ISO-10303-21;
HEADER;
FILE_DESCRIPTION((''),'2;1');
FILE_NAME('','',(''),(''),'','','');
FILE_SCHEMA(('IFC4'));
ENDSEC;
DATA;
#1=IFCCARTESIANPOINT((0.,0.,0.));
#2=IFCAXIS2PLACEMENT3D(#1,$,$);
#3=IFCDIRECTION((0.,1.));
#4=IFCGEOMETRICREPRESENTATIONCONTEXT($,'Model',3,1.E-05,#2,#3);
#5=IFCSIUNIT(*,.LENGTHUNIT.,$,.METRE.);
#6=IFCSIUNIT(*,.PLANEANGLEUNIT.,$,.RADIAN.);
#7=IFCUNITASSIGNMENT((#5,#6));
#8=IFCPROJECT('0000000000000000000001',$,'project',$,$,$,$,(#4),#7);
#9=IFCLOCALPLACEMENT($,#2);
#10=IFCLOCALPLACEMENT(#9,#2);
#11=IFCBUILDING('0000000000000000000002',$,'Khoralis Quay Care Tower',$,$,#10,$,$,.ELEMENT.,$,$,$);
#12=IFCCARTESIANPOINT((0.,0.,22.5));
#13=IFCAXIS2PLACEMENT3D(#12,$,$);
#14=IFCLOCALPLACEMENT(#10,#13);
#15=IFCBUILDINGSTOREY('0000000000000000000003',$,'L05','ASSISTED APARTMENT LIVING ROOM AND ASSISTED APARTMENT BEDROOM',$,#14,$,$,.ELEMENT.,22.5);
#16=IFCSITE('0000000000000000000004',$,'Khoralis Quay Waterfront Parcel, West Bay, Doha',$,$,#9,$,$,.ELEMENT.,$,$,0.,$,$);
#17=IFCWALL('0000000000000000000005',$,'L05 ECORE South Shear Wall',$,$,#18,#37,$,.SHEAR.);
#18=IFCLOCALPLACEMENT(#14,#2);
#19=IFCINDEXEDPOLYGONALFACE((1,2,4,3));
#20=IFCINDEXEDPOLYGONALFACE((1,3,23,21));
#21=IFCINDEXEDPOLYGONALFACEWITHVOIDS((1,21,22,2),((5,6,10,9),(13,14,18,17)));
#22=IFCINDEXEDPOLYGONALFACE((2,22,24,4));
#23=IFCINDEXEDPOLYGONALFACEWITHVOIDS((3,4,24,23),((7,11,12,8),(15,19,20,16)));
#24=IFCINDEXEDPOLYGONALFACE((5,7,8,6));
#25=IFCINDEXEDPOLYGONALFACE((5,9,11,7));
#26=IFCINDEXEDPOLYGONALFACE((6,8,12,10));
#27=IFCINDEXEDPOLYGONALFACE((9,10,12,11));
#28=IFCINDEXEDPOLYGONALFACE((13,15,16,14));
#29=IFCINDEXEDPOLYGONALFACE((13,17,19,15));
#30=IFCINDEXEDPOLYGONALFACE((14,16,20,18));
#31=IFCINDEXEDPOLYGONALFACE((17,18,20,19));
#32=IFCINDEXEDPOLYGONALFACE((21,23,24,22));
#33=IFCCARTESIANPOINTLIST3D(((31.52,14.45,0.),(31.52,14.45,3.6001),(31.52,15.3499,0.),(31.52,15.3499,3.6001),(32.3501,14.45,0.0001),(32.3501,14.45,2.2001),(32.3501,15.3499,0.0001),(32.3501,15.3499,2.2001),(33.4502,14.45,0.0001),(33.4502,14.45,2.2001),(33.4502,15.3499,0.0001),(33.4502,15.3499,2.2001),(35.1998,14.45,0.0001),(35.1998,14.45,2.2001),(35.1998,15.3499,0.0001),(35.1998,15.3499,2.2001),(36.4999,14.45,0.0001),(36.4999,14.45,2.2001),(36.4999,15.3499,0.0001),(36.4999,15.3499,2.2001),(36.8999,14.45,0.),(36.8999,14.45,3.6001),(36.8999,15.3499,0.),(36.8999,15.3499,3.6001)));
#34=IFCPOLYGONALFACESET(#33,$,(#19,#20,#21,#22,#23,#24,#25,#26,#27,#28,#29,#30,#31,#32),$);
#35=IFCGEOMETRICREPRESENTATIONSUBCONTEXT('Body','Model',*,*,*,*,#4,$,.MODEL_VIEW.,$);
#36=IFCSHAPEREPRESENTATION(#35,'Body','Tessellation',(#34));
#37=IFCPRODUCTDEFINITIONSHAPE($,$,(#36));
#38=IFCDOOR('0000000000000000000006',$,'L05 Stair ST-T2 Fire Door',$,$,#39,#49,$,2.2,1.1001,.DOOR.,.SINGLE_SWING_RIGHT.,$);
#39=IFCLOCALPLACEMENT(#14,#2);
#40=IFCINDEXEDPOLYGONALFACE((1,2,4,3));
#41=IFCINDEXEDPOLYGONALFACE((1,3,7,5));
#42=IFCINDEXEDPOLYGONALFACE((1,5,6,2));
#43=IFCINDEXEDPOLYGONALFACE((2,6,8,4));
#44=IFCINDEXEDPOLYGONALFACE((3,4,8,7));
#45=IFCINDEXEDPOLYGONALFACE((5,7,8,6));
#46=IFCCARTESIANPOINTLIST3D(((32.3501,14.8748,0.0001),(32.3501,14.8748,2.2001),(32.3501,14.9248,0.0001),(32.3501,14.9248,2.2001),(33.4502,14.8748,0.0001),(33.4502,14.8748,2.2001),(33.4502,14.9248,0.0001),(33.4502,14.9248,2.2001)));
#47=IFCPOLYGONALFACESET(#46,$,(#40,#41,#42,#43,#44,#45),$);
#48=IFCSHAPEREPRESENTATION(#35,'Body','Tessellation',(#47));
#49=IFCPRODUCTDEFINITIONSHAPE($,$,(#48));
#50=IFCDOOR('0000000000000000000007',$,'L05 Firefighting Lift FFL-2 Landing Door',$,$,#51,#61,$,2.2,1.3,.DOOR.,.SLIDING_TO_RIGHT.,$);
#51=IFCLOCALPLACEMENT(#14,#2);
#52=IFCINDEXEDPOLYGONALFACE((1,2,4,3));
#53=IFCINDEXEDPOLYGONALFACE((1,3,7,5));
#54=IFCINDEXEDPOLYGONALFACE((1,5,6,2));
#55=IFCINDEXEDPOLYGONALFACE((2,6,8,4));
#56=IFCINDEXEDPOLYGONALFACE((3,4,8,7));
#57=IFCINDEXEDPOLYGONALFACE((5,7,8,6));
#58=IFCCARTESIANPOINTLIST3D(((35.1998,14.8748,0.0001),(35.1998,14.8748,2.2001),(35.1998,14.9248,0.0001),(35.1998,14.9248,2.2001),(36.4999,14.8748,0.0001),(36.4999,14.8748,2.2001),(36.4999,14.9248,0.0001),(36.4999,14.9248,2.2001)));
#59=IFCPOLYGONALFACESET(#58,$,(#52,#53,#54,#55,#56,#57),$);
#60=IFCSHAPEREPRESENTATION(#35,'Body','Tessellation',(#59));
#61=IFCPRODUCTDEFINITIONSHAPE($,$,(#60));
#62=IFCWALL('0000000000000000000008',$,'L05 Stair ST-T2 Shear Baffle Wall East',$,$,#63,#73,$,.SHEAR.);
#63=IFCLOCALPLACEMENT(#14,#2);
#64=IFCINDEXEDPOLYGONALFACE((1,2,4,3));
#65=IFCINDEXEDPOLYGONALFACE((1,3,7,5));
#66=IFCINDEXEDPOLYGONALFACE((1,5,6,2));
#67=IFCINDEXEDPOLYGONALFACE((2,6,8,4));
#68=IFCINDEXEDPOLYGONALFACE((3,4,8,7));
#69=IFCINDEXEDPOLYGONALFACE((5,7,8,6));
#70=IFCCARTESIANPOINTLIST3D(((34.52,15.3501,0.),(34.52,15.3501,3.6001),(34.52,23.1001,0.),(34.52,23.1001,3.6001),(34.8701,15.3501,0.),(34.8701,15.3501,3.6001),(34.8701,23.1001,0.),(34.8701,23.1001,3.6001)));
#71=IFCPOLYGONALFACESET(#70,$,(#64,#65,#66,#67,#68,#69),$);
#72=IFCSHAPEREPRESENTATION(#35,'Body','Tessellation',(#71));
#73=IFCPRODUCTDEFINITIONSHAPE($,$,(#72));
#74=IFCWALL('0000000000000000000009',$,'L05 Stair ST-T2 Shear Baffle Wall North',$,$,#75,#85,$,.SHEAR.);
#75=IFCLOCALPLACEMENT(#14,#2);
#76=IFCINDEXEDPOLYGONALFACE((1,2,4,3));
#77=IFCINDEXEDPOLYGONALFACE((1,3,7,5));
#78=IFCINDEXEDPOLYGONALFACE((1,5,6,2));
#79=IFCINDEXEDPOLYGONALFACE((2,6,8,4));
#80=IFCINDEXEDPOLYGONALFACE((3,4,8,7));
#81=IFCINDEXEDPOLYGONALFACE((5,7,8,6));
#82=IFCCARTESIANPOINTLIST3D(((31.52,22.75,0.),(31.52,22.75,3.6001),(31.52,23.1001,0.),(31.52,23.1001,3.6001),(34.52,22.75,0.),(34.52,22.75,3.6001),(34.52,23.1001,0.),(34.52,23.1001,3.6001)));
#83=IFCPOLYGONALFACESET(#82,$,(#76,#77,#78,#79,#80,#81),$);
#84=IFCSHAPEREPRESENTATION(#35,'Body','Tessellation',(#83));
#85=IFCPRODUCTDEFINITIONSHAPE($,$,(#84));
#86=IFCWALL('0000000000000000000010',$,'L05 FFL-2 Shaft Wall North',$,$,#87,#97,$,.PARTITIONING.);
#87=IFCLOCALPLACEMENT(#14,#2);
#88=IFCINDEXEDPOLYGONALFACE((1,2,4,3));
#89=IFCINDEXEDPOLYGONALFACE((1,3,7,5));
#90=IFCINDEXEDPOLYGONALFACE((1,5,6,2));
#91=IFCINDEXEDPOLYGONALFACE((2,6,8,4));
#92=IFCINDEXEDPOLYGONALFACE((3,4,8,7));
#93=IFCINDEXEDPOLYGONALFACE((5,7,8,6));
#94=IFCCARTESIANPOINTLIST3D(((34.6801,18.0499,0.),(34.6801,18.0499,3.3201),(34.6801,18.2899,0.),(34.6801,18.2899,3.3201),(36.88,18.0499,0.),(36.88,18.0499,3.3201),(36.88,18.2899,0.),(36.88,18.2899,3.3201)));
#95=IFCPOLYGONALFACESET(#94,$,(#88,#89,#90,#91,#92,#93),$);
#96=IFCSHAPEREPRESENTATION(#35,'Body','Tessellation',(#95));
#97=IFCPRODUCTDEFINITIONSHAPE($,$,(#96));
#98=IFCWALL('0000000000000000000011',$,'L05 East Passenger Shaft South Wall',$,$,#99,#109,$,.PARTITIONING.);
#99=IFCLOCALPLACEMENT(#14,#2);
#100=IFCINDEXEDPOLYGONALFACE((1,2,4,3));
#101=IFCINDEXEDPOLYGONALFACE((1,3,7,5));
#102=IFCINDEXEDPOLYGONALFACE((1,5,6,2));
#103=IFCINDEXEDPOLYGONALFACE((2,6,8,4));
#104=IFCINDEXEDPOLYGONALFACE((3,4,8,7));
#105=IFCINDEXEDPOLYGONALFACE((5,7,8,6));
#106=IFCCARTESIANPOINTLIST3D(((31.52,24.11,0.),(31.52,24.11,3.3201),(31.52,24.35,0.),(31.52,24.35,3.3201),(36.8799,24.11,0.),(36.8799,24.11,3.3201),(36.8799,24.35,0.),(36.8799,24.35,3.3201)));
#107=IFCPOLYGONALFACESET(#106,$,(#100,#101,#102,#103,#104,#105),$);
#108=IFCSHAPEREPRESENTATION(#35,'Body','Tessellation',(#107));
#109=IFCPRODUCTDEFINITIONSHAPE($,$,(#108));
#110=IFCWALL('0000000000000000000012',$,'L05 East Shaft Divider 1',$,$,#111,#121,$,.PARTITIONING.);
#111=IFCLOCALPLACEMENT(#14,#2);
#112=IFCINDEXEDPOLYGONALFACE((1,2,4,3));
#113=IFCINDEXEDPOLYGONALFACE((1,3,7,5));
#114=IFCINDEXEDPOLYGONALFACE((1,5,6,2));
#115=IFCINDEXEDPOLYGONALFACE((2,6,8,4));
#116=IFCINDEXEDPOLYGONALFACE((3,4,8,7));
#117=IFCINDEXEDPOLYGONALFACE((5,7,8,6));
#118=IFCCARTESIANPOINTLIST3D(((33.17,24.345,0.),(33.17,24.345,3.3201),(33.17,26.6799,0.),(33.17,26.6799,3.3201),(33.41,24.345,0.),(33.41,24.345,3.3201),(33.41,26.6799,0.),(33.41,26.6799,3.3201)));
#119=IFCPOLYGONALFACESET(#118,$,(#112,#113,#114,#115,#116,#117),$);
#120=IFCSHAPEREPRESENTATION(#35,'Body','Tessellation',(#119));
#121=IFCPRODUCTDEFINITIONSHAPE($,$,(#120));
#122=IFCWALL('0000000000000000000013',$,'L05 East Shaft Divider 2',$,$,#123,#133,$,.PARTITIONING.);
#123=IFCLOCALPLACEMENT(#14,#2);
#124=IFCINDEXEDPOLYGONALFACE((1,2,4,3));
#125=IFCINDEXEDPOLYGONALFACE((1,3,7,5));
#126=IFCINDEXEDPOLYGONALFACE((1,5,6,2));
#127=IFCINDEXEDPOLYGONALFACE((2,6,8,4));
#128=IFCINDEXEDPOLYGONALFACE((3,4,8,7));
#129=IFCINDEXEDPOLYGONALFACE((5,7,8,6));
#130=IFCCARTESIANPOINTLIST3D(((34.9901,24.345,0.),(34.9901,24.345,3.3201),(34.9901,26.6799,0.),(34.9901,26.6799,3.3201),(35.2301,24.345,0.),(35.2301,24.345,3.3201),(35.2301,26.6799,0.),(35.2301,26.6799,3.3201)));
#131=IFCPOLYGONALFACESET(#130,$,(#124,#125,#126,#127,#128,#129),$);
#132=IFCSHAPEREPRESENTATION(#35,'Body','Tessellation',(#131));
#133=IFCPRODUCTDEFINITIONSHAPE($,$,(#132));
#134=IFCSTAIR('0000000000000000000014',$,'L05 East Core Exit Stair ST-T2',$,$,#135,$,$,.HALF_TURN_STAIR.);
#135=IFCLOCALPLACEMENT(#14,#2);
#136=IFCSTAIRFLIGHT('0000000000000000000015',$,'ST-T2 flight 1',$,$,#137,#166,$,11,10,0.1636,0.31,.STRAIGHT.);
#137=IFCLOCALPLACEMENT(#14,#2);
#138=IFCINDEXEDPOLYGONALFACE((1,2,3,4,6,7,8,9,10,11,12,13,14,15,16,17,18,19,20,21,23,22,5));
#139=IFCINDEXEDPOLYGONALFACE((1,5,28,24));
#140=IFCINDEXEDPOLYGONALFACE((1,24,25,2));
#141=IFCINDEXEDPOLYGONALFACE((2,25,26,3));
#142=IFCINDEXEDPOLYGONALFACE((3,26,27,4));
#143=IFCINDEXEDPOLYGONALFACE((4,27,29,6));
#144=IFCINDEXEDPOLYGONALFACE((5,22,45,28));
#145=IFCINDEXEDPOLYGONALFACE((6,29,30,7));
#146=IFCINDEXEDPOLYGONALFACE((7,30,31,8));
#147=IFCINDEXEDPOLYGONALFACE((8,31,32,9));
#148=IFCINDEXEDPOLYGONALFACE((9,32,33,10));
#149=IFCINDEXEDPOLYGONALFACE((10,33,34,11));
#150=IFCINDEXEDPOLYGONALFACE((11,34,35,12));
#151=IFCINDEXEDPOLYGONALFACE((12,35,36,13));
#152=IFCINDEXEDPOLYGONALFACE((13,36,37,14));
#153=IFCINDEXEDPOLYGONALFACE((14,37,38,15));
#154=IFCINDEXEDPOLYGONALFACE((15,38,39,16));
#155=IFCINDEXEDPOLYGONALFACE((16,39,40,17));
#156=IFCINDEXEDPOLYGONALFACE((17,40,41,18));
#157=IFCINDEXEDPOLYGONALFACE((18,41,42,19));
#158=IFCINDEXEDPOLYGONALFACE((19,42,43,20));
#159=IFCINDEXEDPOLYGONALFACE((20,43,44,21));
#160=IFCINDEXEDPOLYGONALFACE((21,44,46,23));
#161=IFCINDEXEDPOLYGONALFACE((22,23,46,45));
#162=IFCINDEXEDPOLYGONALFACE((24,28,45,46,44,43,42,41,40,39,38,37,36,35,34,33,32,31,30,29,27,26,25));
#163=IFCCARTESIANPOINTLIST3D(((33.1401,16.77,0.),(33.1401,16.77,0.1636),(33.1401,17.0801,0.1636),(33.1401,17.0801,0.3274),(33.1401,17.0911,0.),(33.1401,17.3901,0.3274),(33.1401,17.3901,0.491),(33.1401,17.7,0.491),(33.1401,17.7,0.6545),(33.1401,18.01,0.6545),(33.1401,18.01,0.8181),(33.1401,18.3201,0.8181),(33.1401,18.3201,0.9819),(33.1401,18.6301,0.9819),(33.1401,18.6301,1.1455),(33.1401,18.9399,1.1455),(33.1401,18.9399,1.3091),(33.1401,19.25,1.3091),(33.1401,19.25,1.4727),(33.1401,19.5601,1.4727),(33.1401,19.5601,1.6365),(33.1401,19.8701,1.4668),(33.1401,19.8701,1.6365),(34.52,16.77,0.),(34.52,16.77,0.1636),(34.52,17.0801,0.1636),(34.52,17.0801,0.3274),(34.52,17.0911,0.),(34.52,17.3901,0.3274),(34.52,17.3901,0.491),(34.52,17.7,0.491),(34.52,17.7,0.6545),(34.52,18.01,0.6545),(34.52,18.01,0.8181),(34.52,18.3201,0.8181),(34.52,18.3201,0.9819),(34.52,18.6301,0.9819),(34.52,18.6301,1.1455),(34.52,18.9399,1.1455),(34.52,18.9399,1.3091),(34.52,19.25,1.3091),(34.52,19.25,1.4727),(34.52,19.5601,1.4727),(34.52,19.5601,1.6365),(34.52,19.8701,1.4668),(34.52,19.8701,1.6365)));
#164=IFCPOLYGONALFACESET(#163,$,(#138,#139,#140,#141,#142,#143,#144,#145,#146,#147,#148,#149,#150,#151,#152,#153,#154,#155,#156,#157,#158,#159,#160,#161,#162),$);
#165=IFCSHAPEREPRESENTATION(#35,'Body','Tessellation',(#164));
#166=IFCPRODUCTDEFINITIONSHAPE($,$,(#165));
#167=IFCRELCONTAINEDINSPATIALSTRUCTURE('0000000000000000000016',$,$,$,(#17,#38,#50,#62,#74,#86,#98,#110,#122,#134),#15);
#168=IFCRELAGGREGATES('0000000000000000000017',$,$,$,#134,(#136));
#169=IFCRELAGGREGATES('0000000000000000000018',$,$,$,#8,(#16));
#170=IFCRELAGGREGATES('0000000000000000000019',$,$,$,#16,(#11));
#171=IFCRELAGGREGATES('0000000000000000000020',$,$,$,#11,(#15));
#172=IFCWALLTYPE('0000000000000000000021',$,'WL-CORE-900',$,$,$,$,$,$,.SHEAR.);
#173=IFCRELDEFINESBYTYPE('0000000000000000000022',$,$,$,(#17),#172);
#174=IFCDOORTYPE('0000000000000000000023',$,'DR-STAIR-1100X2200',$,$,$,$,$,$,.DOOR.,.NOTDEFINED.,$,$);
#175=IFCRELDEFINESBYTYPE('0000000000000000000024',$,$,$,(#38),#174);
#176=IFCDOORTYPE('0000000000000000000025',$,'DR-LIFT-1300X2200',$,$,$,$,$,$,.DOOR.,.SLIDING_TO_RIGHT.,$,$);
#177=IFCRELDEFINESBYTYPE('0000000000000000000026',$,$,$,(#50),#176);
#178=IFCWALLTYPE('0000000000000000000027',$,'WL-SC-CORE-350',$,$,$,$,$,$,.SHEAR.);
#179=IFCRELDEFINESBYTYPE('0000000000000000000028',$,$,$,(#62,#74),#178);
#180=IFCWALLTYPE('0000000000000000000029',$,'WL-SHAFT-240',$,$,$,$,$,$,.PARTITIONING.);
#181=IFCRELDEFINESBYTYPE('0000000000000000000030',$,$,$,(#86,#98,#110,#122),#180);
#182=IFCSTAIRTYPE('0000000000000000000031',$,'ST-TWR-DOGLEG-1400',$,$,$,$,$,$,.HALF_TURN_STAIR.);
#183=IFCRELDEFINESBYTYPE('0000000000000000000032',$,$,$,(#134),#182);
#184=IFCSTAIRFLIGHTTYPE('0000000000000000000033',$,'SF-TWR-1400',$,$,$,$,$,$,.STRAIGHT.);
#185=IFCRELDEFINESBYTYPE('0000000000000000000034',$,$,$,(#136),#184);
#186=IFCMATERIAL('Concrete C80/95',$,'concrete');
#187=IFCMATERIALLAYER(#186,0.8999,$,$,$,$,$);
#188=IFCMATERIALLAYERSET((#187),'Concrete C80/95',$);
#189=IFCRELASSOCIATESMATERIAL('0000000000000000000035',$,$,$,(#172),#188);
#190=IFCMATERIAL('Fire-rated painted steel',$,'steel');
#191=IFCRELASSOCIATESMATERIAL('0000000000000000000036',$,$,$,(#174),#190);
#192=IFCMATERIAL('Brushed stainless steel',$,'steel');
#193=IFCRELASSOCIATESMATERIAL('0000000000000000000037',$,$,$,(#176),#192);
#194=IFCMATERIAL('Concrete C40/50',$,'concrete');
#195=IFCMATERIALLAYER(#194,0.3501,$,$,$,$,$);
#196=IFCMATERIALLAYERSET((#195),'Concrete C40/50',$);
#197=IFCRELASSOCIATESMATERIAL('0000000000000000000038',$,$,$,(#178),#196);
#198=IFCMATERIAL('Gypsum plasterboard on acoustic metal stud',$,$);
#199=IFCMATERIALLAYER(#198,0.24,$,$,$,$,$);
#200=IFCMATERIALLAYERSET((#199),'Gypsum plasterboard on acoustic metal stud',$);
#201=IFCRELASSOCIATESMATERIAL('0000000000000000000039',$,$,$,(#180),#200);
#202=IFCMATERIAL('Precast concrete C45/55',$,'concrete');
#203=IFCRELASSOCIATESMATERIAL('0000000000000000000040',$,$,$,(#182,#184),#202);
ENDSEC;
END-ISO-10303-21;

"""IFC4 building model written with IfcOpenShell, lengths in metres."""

from ifc_helpers import new_model, si_unit, direction, frame, frame_2d, origin, place, context, subcontext, project, spatial, polyline, rectangle, outline, extrude, source, transform, mapped, material, layer, layer_set, type_object, element, fill, aggregate, save


model = new_model("IFC4")

# Units and contexts
model_context = context("Model", 3, precision=1e-05, world=origin(), true_north=direction((0.0, 1.0)))
body_context = subcontext(model_context, "Body", "Model", "MODEL_VIEW")
ifc_project = project(units=[si_unit("LENGTHUNIT", "METRE"), si_unit("PLANEANGLEUNIT", "RADIAN")], contexts=[model_context])

# Site, building, storey
site_placement = place(None, origin())
site = spatial("IfcSite", under=ifc_project, at=site_placement, Name="Khoralis Quay Waterfront Parcel, West Bay, Doha", CompositionType="ELEMENT", RefElevation=0.0)
building_placement = place(site_placement, origin())
building = spatial("IfcBuilding", under=site, at=building_placement, Name="Khoralis Quay Care Tower", CompositionType="ELEMENT")
storey_placement = place(building_placement, frame((0.0, 0.0, 22.5)))
storey = spatial("IfcBuildingStorey", under=building, at=storey_placement, Name="L05", Description="ASSISTED APARTMENT LIVING ROOM AND ASSISTED APARTMENT BEDROOM", CompositionType="ELEMENT", Elevation=22.5)

# Shared definitions
ifc_material_1 = material(Name="Gypsum plasterboard on acoustic metal stud")
ifc_material_2 = material(Name="Fire-rated painted steel", Category="steel")

# Shared definitions
ifc_material_3 = material(Name="Concrete C80/95", Category="concrete")
ifc_layer_1 = layer(ifc_material_3, 0.8999)
ifc_layer_set_1 = layer_set([ifc_layer_1], Name="Concrete C80/95")
wall_type_1 = type_object("IfcWallType", Name="WL-CORE-900", PredefinedType="SHEAR", material=ifc_layer_set_1)

# Shared definitions
door_type_1 = type_object("IfcDoorType", Name="DR-STAIR-1100X2200", OperationType="NOTDEFINED", PredefinedType="DOOR", material=ifc_material_2)
shared_shape_1 = source(origin(), body_context, "Body", "SweptSolid", [
    extrude(rectangle(XDim=1.1001, YDim=2.2, at=frame_2d((0.55, 1.1001))), frame((0.0, 0.0249, 0.0), z_axis=(0.0, -1.0, 0.0), x_axis=(1.0, 0.0, 0.0)), (0.0, 0.0, 1.0), 0.05),
])

# Wall, openings, doors
wall_1_placement = place(storey_placement, frame((31.52, 14.8999, 0.0), z_axis=(0.0, 0.0, 1.0), x_axis=(1.0, 0.0, 0.0)))
wall_1 = element("IfcWall", 1, at=wall_1_placement, inside=storey, type_object=wall_type_1, Name="L05 ECORE South Shear Wall", PredefinedType="SHEAR", context=body_context, shape_type="SweptSolid", body=[
    extrude(rectangle(XDim=5.3799, YDim=0.8999, at=frame_2d((2.6899, 0.0))), origin(), (0.0, 0.0, 1.0), 3.6001),
])
opening_1_placement = place(wall_1_placement, frame((0.8301, 0.0, 0.0)))
opening_1 = element("IfcOpeningElement", 2, at=opening_1_placement, cuts=wall_1, PredefinedType="OPENING", context=body_context, shape_type="SweptSolid", body=[
    extrude(rectangle(XDim=1.1001, YDim=2.2, at=frame_2d((0.55, 1.1001))), frame((0.0, 0.46, 0.0), z_axis=(0.0, -1.0, 0.0), x_axis=(1.0, 0.0, 0.0)), (0.0, 0.0, 1.0), 0.9199),
])
opening_2_placement = place(wall_1_placement, frame((3.6799, 0.0, 0.0)))
opening_2 = element("IfcOpeningElement", 3, at=opening_2_placement, cuts=wall_1, PredefinedType="OPENING", context=body_context, shape_type="SweptSolid", body=[
    extrude(rectangle(XDim=1.3, YDim=2.2, at=frame_2d((0.6499, 1.1001))), frame((0.0, 0.46, 0.0), z_axis=(0.0, -1.0, 0.0), x_axis=(1.0, 0.0, 0.0)), (0.0, 0.0, 1.0), 0.9199),
])
door_1_placement = place(opening_1_placement, origin())
door_1 = element("IfcDoor", 4, at=door_1_placement, inside=storey, type_object=door_type_1, Name="L05 Stair ST-T2 Fire Door", OperationType="SINGLE_SWING_RIGHT", OverallHeight=2.2, OverallWidth=1.1001, PredefinedType="DOOR", context=body_context, shape_type="MappedRepresentation", body=[
    mapped(shared_shape_1, transform((0.0, 0.0, 0.0), scale=1.0)),
])
fill(opening_1, door_1)
ifc_material_4 = material(Name="Brushed stainless steel", Category="steel")
door_type_2 = type_object("IfcDoorType", Name="DR-LIFT-1300X2200", OperationType="SLIDING_TO_RIGHT", PredefinedType="DOOR", material=ifc_material_4)
shared_shape_2 = source(origin(), body_context, "Body", "SweptSolid", [
    extrude(rectangle(XDim=1.3, YDim=2.2, at=frame_2d((0.6499, 1.1001))), frame((0.0, 0.0249, 0.0), z_axis=(0.0, -1.0, 0.0), x_axis=(1.0, 0.0, 0.0)), (0.0, 0.0, 1.0), 0.05),
])
door_2_placement = place(opening_2_placement, origin())
door_2 = element("IfcDoor", 5, at=door_2_placement, inside=storey, type_object=door_type_2, Name="L05 Firefighting Lift FFL-2 Landing Door", OperationType="SLIDING_TO_RIGHT", OverallHeight=2.2, OverallWidth=1.3, PredefinedType="DOOR", context=body_context, shape_type="MappedRepresentation", body=[
    mapped(shared_shape_2, transform((0.0, 0.0, 0.0), scale=1.0)),
])
fill(opening_2, door_2)

# Walls
ifc_material_5 = material(Name="Concrete C40/50", Category="concrete")
ifc_layer_2 = layer(ifc_material_5, 0.3501)
ifc_layer_set_2 = layer_set([ifc_layer_2], Name="Concrete C40/50")
wall_type_2 = type_object("IfcWallType", Name="WL-SC-CORE-350", PredefinedType="SHEAR", material=ifc_layer_set_2)
wall_2_placement = place(storey_placement, frame((34.6951, 15.3501, 0.0), z_axis=(0.0, 0.0, 1.0), x_axis=(0.0, 1.0, 0.0)))
element("IfcWall", 6, at=wall_2_placement, inside=storey, type_object=wall_type_2, Name="L05 Stair ST-T2 Shear Baffle Wall East", PredefinedType="SHEAR", context=body_context, shape_type="SweptSolid", body=[
    extrude(rectangle(XDim=7.75, YDim=0.3501, at=frame_2d((3.875, 0.0))), origin(), (0.0, 0.0, 1.0), 3.6001),
])
wall_3_placement = place(storey_placement, frame((31.52, 22.925, 0.0), z_axis=(0.0, 0.0, 1.0), x_axis=(1.0, 0.0, 0.0)))
element("IfcWall", 7, at=wall_3_placement, inside=storey, type_object=wall_type_2, Name="L05 Stair ST-T2 Shear Baffle Wall North", PredefinedType="SHEAR", context=body_context, shape_type="SweptSolid", body=[
    extrude(rectangle(XDim=3.0, YDim=0.3501, at=frame_2d((1.5, 0.0))), origin(), (0.0, 0.0, 1.0), 3.6001),
])
ifc_layer_3 = layer(ifc_material_1, 0.24)
ifc_layer_set_3 = layer_set([ifc_layer_3], Name="Gypsum plasterboard on acoustic metal stud")
wall_type_3 = type_object("IfcWallType", Name="WL-SHAFT-240", PredefinedType="PARTITIONING", material=ifc_layer_set_3)
wall_4_placement = place(storey_placement, frame((34.6799, 18.1699, 0.0), z_axis=(0.0, 0.0, 1.0), x_axis=(1.0, 0.0, 0.0)))
element("IfcWall", 8, at=wall_4_placement, inside=storey, type_object=wall_type_3, Name="L05 FFL-2 Shaft Wall North", PredefinedType="PARTITIONING", context=body_context, shape_type="SweptSolid", body=[
    extrude(rectangle(XDim=2.2, YDim=0.24, at=frame_2d((1.1001, 0.0))), origin(), (0.0, 0.0, 1.0), 3.3201),
])
wall_5_placement = place(storey_placement, frame((31.52, 24.23, 0.0), z_axis=(0.0, 0.0, 1.0), x_axis=(1.0, 0.0, 0.0)))
element("IfcWall", 9, at=wall_5_placement, inside=storey, type_object=wall_type_3, Name="L05 East Passenger Shaft South Wall", PredefinedType="PARTITIONING", context=body_context, shape_type="SweptSolid", body=[
    extrude(rectangle(XDim=5.3599, YDim=0.24, at=frame_2d((2.6799, 0.0))), origin(), (0.0, 0.0, 1.0), 3.3201),
])
for number, where, z_axis, x_axis, name in (
    (10, (33.29, 24.345, 0.0), (0.0, 0.0, 1.0), (0.0, 1.0, 0.0), "L05 East Shaft Divider 1"),
    (11, (35.1101, 24.345, 0.0), (0.0, 0.0, 1.0), (0.0, 1.0, 0.0), "L05 East Shaft Divider 2"),
):
    element("IfcWall", number, at=place(storey_placement, frame(where, z_axis=z_axis, x_axis=x_axis)), inside=storey, type_object=wall_type_3, Name=name, PredefinedType="PARTITIONING", context=body_context, shape_type="SweptSolid", body=[
        extrude(rectangle(XDim=2.335, YDim=0.24, at=frame_2d((1.1675, 0.0))), origin(), (0.0, 0.0, 1.0), 3.3201),
    ])

# Stair, stair flight
ifc_material_6 = material(Name="Precast concrete C45/55", Category="concrete")
stair_type = type_object("IfcStairType", Name="ST-TWR-DOGLEG-1400", PredefinedType="HALF_TURN_STAIR", material=ifc_material_6)
stair_placement = place(storey_placement, origin())
stair = element("IfcStair", 12, at=stair_placement, inside=storey, type_object=stair_type, Name="L05 East Core Exit Stair ST-T2", PredefinedType="HALF_TURN_STAIR")
stair_flight_type = type_object("IfcStairFlightType", Name="SF-TWR-1400", PredefinedType="STRAIGHT", material=ifc_material_6)
shared_shape_3 = source(origin(), body_context, "Body", "SweptSolid", [
    extrude(outline(polyline([(0.0, 0.0), (0.0, 0.1636), (0.3101, 0.1636), (0.3101, 0.3274), (0.6201, 0.3274), (0.6201, 0.491), (0.9299, 0.491), (0.9299, 0.6545), (1.24, 0.6545), (1.24, 0.8181), (1.55, 0.8181), (1.55, 0.9819), (1.8601, 0.9819), (1.8601, 1.1455), (2.1699, 1.1455), (2.1699, 1.3091), (2.48, 1.3091), (2.48, 1.4727), (2.79, 1.4727), (2.79, 1.6365), (3.1001, 1.6365), (3.1001, 1.8), (3.1001, 1.4668), (0.321, 0.0), (0.0, 0.0)])), frame((0.0, 0.6899, 0.0), z_axis=(0.0, -1.0, 0.0), x_axis=(1.0, 0.0, 0.0)), (0.0, 0.0, 1.0), 1.3799),
])
stair_flight_1_placement = place(storey_placement, frame((33.8301, 16.77, 0.0), z_axis=(0.0, 0.0, 1.0), x_axis=(0.0, 1.0, 0.0)))
stair_flight_1 = element("IfcStairFlight", 13, at=stair_flight_1_placement, type_object=stair_flight_type, Name="ST-T2 flight 1", NumberOfRisers=11, NumberOfTreads=10, PredefinedType="STRAIGHT", RiserHeight=0.1636, TreadLength=0.31, context=body_context, shape_type="MappedRepresentation", body=[
    mapped(shared_shape_3, transform((0.0, 0.0, 0.0), scale=1.0)),
])
aggregate(stair, [stair_flight_1])

save(model, "model.ifc")
